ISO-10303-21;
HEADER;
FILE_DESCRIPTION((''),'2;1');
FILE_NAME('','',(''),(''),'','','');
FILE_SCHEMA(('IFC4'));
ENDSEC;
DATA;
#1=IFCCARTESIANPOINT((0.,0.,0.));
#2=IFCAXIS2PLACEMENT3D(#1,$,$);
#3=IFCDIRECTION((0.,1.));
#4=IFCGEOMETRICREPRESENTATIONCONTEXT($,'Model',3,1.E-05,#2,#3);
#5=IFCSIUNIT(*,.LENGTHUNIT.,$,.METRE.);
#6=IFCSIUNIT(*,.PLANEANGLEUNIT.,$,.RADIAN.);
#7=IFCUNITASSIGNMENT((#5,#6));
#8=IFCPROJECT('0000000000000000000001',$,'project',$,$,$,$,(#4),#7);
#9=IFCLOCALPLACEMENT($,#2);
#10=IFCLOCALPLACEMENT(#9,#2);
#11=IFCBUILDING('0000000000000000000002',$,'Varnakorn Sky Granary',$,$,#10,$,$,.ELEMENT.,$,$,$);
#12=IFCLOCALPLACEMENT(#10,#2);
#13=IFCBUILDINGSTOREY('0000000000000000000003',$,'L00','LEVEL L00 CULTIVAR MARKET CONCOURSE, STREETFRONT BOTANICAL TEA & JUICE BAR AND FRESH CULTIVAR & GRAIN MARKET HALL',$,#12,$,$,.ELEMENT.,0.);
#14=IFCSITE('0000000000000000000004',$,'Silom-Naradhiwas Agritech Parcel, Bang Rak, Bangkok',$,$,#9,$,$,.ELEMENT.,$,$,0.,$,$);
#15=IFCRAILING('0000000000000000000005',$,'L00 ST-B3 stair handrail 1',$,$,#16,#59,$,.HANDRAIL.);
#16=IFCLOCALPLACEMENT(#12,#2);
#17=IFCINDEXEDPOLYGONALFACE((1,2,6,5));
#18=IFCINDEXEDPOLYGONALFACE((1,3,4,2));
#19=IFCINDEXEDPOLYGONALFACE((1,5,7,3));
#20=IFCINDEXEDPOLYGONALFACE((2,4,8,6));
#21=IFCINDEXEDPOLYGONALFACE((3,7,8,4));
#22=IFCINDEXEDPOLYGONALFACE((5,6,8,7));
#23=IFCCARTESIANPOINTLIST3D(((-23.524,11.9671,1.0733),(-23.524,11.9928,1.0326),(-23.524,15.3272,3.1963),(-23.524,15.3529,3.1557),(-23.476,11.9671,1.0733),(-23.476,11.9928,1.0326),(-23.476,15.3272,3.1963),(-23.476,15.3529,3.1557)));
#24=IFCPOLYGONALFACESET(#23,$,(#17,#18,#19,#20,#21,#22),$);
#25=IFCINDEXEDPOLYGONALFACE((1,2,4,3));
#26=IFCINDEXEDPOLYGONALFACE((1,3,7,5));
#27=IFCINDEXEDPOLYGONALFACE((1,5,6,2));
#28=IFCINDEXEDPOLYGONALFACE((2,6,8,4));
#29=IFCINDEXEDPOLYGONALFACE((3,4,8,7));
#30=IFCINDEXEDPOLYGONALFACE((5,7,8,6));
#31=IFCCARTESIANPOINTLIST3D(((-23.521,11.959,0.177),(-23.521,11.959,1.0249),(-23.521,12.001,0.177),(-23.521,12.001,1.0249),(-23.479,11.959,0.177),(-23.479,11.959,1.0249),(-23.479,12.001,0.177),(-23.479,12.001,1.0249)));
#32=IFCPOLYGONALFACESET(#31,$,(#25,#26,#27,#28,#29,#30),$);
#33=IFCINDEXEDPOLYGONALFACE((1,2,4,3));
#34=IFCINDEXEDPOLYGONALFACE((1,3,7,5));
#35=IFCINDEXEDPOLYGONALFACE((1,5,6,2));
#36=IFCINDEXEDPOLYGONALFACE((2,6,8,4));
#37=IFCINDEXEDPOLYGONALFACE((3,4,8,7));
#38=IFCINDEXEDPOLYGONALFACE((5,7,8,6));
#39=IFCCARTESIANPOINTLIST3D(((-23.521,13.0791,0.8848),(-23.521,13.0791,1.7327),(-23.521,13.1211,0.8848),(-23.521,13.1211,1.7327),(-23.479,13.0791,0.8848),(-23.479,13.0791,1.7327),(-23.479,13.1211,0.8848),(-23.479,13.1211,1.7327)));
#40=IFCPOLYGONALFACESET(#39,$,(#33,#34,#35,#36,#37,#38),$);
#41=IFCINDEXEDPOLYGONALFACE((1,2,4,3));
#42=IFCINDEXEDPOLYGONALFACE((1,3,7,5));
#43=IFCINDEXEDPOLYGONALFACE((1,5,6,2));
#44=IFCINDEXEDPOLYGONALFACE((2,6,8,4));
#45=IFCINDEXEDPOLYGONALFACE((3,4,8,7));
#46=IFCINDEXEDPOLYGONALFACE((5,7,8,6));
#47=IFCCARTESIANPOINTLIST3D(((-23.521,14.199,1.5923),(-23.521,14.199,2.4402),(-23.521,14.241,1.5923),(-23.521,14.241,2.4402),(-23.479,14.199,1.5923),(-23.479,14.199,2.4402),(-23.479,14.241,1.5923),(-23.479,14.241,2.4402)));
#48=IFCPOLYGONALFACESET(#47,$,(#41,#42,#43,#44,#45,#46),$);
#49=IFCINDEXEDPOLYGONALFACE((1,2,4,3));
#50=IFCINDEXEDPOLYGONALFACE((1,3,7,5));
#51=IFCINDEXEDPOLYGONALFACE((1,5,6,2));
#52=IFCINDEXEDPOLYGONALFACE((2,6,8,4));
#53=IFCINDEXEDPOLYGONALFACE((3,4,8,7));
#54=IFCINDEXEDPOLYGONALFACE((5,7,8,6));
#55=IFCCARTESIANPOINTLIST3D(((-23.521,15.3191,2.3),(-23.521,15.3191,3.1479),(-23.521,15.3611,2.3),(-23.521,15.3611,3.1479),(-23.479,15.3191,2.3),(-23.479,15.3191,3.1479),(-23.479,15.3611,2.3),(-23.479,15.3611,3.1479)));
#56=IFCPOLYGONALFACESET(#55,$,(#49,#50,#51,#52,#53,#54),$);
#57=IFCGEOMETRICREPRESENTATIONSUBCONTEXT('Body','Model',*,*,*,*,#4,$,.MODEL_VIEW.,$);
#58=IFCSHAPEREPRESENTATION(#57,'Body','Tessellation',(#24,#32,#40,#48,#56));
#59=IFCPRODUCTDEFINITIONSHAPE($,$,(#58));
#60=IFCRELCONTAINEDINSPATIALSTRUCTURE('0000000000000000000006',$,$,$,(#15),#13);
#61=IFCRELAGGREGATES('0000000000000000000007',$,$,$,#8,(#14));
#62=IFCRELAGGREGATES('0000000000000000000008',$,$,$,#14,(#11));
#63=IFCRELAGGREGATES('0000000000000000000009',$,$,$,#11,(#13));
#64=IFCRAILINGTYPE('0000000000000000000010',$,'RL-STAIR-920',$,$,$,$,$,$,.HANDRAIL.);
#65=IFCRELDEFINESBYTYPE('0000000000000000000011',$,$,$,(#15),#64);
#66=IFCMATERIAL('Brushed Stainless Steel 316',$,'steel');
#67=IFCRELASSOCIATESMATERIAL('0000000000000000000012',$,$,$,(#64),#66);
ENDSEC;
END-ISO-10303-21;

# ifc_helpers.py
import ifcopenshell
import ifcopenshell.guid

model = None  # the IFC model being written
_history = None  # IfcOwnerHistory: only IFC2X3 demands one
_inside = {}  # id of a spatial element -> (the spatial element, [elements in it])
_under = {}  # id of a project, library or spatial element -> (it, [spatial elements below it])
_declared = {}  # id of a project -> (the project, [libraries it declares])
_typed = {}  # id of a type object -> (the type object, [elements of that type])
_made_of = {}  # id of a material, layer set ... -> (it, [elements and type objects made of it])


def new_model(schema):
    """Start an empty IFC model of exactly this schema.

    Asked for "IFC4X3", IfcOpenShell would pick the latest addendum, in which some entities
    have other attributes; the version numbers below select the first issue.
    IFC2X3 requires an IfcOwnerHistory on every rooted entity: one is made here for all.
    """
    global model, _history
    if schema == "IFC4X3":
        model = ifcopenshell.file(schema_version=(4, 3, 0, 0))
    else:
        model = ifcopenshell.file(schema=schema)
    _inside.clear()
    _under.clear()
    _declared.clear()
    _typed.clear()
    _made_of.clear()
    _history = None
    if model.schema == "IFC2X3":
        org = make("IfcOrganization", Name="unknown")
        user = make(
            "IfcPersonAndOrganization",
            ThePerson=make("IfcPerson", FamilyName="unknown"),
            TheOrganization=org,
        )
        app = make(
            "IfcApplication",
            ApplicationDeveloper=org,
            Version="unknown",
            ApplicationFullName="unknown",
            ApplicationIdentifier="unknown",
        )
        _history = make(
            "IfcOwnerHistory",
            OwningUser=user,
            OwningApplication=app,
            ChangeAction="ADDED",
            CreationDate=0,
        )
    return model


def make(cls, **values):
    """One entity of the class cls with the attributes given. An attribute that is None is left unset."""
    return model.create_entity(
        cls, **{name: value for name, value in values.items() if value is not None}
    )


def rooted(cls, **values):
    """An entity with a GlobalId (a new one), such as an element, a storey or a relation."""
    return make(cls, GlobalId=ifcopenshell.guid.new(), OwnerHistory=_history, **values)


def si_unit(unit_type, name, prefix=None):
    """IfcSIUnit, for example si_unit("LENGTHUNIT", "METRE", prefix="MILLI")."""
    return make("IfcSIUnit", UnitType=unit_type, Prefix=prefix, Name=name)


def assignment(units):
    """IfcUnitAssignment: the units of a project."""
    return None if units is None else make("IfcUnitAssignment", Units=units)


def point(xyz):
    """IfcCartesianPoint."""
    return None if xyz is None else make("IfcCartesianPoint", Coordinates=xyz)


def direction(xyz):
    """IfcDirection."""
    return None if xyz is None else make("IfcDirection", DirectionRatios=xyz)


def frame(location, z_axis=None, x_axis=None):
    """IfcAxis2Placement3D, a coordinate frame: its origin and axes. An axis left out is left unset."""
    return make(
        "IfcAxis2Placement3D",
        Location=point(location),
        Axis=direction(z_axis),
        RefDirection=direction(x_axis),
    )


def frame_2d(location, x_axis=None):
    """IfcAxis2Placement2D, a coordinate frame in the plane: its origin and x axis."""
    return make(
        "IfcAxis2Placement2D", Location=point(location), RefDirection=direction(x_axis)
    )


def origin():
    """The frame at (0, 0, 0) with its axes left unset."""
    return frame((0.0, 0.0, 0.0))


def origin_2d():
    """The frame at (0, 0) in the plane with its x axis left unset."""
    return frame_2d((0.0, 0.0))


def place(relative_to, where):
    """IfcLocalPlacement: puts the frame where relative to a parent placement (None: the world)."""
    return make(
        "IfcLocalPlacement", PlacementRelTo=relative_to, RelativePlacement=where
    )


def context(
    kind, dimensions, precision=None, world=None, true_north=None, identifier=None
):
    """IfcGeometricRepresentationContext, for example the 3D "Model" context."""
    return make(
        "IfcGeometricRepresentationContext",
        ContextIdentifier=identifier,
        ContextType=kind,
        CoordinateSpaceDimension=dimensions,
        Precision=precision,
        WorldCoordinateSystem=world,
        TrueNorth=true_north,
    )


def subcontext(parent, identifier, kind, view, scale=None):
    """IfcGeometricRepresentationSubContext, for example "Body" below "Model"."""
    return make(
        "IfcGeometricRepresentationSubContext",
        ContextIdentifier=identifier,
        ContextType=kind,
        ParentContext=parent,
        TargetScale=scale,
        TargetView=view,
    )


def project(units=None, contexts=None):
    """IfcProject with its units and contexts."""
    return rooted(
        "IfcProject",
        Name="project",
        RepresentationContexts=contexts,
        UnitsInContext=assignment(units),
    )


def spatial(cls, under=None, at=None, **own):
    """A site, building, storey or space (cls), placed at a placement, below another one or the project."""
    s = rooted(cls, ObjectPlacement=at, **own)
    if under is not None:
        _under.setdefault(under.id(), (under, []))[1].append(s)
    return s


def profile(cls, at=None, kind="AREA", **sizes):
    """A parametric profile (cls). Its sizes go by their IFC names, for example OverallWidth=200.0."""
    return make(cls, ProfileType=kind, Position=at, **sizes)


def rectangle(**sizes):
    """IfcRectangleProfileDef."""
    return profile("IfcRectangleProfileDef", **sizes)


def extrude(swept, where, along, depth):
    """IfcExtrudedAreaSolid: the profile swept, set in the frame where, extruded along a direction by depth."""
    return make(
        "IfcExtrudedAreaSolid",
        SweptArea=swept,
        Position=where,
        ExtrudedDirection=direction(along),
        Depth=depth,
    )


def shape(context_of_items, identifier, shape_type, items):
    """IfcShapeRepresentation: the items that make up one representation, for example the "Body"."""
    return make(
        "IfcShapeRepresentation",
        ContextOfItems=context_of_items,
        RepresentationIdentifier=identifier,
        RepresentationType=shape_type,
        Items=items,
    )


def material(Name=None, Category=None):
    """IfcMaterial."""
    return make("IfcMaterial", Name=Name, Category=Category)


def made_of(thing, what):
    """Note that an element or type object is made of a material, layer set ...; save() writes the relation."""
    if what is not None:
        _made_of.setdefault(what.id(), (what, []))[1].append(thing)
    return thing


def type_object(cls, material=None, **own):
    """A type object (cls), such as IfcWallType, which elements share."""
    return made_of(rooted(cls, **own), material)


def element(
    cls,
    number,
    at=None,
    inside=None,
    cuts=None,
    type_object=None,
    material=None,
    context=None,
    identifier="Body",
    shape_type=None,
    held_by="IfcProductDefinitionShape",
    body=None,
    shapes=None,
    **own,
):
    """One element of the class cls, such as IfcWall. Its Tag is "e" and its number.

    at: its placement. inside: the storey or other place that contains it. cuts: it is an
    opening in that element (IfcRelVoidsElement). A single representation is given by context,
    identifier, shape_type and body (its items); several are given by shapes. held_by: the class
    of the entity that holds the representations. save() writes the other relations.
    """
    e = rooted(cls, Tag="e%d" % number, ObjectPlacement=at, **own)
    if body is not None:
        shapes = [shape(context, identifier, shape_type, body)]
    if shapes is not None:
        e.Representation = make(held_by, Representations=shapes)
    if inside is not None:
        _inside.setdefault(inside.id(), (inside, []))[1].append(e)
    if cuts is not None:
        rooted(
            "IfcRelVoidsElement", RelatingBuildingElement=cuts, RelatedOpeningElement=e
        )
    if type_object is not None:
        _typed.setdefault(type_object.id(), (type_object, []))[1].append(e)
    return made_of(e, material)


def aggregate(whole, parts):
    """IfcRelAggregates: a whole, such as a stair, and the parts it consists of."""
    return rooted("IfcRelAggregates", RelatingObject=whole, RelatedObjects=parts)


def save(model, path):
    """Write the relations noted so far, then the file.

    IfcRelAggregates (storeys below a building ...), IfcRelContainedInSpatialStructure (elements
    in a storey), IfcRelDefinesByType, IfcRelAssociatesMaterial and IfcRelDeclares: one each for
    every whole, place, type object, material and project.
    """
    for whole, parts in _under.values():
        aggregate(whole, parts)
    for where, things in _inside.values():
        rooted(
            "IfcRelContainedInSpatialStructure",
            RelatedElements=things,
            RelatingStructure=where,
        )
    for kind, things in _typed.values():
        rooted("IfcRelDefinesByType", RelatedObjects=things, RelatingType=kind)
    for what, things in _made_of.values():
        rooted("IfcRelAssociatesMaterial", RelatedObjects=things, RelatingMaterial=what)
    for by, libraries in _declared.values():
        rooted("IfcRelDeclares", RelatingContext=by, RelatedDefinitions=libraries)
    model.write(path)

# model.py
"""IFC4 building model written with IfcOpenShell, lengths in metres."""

from ifc_helpers import new_model, si_unit, direction, frame, origin, origin_2d, place, context, subcontext, project, spatial, rectangle, extrude, material, type_object, element, save


model = new_model("IFC4")

# Units and contexts
model_context = context("Model", 3, precision=1e-05, world=origin(), true_north=direction((0.0, 1.0)))
body_context = subcontext(model_context, "Body", "Model", "MODEL_VIEW")
ifc_project = project(units=[si_unit("LENGTHUNIT", "METRE"), si_unit("PLANEANGLEUNIT", "RADIAN")], contexts=[model_context])

# Site, building, storey
site_placement = place(None, origin())
site = spatial("IfcSite", under=ifc_project, at=site_placement, Name="Silom-Naradhiwas Agritech Parcel, Bang Rak, Bangkok", CompositionType="ELEMENT", RefElevation=0.0)
building_placement = place(site_placement, origin())
building = spatial("IfcBuilding", under=site, at=building_placement, Name="Varnakorn Sky Granary", CompositionType="ELEMENT")
storey_placement = place(building_placement, origin())
storey = spatial("IfcBuildingStorey", under=building, at=storey_placement, Name="L00", Description="LEVEL L00 CULTIVAR MARKET CONCOURSE, STREETFRONT BOTANICAL TEA & JUICE BAR AND FRESH CULTIVAR & GRAIN MARKET HALL", CompositionType="ELEMENT", Elevation=0.0)

# Railing
ifc_material_1 = material(Name="Brushed Stainless Steel 316", Category="steel")
railing_type_1 = type_object("IfcRailingType", Name="RL-STAIR-920", PredefinedType="HANDRAIL", material=ifc_material_1)
railing_1_placement = place(storey_placement, frame((-23.5, 11.98, 0.177)))
element("IfcRailing", 1, at=railing_1_placement, inside=storey, type_object=railing_type_1, Name="L00 ST-B3 stair handrail 1", PredefinedType="HANDRAIL", context=body_context, shape_type="SweptSolid", body=[
    extrude(rectangle(XDim=0.0481, YDim=0.0481, at=origin_2d()), frame((0.0, 0.0, 0.876), z_axis=(0.0, 0.84539, 0.53415), x_axis=(-1.0, 0.0, 0.0)), (0.0, 0.0, 1.0), 3.9746),
    extrude(rectangle(XDim=0.042, YDim=0.042, at=origin_2d()), origin(), (0.0, 0.0, 1.0), 0.8479),
    extrude(rectangle(XDim=0.042, YDim=0.042, at=origin_2d()), frame((0.0, 1.1201, 0.7078)), (0.0, 0.0, 1.0), 0.8479),
    extrude(rectangle(XDim=0.042, YDim=0.042, at=origin_2d()), frame((0.0, 2.24, 1.4153)), (0.0, 0.0, 1.0), 0.8479),
    extrude(rectangle(XDim=0.042, YDim=0.042, at=origin_2d()), frame((0.0, 3.3601, 2.123)), (0.0, 0.0, 1.0), 0.8479),
])

save(model, "model.ifc")
